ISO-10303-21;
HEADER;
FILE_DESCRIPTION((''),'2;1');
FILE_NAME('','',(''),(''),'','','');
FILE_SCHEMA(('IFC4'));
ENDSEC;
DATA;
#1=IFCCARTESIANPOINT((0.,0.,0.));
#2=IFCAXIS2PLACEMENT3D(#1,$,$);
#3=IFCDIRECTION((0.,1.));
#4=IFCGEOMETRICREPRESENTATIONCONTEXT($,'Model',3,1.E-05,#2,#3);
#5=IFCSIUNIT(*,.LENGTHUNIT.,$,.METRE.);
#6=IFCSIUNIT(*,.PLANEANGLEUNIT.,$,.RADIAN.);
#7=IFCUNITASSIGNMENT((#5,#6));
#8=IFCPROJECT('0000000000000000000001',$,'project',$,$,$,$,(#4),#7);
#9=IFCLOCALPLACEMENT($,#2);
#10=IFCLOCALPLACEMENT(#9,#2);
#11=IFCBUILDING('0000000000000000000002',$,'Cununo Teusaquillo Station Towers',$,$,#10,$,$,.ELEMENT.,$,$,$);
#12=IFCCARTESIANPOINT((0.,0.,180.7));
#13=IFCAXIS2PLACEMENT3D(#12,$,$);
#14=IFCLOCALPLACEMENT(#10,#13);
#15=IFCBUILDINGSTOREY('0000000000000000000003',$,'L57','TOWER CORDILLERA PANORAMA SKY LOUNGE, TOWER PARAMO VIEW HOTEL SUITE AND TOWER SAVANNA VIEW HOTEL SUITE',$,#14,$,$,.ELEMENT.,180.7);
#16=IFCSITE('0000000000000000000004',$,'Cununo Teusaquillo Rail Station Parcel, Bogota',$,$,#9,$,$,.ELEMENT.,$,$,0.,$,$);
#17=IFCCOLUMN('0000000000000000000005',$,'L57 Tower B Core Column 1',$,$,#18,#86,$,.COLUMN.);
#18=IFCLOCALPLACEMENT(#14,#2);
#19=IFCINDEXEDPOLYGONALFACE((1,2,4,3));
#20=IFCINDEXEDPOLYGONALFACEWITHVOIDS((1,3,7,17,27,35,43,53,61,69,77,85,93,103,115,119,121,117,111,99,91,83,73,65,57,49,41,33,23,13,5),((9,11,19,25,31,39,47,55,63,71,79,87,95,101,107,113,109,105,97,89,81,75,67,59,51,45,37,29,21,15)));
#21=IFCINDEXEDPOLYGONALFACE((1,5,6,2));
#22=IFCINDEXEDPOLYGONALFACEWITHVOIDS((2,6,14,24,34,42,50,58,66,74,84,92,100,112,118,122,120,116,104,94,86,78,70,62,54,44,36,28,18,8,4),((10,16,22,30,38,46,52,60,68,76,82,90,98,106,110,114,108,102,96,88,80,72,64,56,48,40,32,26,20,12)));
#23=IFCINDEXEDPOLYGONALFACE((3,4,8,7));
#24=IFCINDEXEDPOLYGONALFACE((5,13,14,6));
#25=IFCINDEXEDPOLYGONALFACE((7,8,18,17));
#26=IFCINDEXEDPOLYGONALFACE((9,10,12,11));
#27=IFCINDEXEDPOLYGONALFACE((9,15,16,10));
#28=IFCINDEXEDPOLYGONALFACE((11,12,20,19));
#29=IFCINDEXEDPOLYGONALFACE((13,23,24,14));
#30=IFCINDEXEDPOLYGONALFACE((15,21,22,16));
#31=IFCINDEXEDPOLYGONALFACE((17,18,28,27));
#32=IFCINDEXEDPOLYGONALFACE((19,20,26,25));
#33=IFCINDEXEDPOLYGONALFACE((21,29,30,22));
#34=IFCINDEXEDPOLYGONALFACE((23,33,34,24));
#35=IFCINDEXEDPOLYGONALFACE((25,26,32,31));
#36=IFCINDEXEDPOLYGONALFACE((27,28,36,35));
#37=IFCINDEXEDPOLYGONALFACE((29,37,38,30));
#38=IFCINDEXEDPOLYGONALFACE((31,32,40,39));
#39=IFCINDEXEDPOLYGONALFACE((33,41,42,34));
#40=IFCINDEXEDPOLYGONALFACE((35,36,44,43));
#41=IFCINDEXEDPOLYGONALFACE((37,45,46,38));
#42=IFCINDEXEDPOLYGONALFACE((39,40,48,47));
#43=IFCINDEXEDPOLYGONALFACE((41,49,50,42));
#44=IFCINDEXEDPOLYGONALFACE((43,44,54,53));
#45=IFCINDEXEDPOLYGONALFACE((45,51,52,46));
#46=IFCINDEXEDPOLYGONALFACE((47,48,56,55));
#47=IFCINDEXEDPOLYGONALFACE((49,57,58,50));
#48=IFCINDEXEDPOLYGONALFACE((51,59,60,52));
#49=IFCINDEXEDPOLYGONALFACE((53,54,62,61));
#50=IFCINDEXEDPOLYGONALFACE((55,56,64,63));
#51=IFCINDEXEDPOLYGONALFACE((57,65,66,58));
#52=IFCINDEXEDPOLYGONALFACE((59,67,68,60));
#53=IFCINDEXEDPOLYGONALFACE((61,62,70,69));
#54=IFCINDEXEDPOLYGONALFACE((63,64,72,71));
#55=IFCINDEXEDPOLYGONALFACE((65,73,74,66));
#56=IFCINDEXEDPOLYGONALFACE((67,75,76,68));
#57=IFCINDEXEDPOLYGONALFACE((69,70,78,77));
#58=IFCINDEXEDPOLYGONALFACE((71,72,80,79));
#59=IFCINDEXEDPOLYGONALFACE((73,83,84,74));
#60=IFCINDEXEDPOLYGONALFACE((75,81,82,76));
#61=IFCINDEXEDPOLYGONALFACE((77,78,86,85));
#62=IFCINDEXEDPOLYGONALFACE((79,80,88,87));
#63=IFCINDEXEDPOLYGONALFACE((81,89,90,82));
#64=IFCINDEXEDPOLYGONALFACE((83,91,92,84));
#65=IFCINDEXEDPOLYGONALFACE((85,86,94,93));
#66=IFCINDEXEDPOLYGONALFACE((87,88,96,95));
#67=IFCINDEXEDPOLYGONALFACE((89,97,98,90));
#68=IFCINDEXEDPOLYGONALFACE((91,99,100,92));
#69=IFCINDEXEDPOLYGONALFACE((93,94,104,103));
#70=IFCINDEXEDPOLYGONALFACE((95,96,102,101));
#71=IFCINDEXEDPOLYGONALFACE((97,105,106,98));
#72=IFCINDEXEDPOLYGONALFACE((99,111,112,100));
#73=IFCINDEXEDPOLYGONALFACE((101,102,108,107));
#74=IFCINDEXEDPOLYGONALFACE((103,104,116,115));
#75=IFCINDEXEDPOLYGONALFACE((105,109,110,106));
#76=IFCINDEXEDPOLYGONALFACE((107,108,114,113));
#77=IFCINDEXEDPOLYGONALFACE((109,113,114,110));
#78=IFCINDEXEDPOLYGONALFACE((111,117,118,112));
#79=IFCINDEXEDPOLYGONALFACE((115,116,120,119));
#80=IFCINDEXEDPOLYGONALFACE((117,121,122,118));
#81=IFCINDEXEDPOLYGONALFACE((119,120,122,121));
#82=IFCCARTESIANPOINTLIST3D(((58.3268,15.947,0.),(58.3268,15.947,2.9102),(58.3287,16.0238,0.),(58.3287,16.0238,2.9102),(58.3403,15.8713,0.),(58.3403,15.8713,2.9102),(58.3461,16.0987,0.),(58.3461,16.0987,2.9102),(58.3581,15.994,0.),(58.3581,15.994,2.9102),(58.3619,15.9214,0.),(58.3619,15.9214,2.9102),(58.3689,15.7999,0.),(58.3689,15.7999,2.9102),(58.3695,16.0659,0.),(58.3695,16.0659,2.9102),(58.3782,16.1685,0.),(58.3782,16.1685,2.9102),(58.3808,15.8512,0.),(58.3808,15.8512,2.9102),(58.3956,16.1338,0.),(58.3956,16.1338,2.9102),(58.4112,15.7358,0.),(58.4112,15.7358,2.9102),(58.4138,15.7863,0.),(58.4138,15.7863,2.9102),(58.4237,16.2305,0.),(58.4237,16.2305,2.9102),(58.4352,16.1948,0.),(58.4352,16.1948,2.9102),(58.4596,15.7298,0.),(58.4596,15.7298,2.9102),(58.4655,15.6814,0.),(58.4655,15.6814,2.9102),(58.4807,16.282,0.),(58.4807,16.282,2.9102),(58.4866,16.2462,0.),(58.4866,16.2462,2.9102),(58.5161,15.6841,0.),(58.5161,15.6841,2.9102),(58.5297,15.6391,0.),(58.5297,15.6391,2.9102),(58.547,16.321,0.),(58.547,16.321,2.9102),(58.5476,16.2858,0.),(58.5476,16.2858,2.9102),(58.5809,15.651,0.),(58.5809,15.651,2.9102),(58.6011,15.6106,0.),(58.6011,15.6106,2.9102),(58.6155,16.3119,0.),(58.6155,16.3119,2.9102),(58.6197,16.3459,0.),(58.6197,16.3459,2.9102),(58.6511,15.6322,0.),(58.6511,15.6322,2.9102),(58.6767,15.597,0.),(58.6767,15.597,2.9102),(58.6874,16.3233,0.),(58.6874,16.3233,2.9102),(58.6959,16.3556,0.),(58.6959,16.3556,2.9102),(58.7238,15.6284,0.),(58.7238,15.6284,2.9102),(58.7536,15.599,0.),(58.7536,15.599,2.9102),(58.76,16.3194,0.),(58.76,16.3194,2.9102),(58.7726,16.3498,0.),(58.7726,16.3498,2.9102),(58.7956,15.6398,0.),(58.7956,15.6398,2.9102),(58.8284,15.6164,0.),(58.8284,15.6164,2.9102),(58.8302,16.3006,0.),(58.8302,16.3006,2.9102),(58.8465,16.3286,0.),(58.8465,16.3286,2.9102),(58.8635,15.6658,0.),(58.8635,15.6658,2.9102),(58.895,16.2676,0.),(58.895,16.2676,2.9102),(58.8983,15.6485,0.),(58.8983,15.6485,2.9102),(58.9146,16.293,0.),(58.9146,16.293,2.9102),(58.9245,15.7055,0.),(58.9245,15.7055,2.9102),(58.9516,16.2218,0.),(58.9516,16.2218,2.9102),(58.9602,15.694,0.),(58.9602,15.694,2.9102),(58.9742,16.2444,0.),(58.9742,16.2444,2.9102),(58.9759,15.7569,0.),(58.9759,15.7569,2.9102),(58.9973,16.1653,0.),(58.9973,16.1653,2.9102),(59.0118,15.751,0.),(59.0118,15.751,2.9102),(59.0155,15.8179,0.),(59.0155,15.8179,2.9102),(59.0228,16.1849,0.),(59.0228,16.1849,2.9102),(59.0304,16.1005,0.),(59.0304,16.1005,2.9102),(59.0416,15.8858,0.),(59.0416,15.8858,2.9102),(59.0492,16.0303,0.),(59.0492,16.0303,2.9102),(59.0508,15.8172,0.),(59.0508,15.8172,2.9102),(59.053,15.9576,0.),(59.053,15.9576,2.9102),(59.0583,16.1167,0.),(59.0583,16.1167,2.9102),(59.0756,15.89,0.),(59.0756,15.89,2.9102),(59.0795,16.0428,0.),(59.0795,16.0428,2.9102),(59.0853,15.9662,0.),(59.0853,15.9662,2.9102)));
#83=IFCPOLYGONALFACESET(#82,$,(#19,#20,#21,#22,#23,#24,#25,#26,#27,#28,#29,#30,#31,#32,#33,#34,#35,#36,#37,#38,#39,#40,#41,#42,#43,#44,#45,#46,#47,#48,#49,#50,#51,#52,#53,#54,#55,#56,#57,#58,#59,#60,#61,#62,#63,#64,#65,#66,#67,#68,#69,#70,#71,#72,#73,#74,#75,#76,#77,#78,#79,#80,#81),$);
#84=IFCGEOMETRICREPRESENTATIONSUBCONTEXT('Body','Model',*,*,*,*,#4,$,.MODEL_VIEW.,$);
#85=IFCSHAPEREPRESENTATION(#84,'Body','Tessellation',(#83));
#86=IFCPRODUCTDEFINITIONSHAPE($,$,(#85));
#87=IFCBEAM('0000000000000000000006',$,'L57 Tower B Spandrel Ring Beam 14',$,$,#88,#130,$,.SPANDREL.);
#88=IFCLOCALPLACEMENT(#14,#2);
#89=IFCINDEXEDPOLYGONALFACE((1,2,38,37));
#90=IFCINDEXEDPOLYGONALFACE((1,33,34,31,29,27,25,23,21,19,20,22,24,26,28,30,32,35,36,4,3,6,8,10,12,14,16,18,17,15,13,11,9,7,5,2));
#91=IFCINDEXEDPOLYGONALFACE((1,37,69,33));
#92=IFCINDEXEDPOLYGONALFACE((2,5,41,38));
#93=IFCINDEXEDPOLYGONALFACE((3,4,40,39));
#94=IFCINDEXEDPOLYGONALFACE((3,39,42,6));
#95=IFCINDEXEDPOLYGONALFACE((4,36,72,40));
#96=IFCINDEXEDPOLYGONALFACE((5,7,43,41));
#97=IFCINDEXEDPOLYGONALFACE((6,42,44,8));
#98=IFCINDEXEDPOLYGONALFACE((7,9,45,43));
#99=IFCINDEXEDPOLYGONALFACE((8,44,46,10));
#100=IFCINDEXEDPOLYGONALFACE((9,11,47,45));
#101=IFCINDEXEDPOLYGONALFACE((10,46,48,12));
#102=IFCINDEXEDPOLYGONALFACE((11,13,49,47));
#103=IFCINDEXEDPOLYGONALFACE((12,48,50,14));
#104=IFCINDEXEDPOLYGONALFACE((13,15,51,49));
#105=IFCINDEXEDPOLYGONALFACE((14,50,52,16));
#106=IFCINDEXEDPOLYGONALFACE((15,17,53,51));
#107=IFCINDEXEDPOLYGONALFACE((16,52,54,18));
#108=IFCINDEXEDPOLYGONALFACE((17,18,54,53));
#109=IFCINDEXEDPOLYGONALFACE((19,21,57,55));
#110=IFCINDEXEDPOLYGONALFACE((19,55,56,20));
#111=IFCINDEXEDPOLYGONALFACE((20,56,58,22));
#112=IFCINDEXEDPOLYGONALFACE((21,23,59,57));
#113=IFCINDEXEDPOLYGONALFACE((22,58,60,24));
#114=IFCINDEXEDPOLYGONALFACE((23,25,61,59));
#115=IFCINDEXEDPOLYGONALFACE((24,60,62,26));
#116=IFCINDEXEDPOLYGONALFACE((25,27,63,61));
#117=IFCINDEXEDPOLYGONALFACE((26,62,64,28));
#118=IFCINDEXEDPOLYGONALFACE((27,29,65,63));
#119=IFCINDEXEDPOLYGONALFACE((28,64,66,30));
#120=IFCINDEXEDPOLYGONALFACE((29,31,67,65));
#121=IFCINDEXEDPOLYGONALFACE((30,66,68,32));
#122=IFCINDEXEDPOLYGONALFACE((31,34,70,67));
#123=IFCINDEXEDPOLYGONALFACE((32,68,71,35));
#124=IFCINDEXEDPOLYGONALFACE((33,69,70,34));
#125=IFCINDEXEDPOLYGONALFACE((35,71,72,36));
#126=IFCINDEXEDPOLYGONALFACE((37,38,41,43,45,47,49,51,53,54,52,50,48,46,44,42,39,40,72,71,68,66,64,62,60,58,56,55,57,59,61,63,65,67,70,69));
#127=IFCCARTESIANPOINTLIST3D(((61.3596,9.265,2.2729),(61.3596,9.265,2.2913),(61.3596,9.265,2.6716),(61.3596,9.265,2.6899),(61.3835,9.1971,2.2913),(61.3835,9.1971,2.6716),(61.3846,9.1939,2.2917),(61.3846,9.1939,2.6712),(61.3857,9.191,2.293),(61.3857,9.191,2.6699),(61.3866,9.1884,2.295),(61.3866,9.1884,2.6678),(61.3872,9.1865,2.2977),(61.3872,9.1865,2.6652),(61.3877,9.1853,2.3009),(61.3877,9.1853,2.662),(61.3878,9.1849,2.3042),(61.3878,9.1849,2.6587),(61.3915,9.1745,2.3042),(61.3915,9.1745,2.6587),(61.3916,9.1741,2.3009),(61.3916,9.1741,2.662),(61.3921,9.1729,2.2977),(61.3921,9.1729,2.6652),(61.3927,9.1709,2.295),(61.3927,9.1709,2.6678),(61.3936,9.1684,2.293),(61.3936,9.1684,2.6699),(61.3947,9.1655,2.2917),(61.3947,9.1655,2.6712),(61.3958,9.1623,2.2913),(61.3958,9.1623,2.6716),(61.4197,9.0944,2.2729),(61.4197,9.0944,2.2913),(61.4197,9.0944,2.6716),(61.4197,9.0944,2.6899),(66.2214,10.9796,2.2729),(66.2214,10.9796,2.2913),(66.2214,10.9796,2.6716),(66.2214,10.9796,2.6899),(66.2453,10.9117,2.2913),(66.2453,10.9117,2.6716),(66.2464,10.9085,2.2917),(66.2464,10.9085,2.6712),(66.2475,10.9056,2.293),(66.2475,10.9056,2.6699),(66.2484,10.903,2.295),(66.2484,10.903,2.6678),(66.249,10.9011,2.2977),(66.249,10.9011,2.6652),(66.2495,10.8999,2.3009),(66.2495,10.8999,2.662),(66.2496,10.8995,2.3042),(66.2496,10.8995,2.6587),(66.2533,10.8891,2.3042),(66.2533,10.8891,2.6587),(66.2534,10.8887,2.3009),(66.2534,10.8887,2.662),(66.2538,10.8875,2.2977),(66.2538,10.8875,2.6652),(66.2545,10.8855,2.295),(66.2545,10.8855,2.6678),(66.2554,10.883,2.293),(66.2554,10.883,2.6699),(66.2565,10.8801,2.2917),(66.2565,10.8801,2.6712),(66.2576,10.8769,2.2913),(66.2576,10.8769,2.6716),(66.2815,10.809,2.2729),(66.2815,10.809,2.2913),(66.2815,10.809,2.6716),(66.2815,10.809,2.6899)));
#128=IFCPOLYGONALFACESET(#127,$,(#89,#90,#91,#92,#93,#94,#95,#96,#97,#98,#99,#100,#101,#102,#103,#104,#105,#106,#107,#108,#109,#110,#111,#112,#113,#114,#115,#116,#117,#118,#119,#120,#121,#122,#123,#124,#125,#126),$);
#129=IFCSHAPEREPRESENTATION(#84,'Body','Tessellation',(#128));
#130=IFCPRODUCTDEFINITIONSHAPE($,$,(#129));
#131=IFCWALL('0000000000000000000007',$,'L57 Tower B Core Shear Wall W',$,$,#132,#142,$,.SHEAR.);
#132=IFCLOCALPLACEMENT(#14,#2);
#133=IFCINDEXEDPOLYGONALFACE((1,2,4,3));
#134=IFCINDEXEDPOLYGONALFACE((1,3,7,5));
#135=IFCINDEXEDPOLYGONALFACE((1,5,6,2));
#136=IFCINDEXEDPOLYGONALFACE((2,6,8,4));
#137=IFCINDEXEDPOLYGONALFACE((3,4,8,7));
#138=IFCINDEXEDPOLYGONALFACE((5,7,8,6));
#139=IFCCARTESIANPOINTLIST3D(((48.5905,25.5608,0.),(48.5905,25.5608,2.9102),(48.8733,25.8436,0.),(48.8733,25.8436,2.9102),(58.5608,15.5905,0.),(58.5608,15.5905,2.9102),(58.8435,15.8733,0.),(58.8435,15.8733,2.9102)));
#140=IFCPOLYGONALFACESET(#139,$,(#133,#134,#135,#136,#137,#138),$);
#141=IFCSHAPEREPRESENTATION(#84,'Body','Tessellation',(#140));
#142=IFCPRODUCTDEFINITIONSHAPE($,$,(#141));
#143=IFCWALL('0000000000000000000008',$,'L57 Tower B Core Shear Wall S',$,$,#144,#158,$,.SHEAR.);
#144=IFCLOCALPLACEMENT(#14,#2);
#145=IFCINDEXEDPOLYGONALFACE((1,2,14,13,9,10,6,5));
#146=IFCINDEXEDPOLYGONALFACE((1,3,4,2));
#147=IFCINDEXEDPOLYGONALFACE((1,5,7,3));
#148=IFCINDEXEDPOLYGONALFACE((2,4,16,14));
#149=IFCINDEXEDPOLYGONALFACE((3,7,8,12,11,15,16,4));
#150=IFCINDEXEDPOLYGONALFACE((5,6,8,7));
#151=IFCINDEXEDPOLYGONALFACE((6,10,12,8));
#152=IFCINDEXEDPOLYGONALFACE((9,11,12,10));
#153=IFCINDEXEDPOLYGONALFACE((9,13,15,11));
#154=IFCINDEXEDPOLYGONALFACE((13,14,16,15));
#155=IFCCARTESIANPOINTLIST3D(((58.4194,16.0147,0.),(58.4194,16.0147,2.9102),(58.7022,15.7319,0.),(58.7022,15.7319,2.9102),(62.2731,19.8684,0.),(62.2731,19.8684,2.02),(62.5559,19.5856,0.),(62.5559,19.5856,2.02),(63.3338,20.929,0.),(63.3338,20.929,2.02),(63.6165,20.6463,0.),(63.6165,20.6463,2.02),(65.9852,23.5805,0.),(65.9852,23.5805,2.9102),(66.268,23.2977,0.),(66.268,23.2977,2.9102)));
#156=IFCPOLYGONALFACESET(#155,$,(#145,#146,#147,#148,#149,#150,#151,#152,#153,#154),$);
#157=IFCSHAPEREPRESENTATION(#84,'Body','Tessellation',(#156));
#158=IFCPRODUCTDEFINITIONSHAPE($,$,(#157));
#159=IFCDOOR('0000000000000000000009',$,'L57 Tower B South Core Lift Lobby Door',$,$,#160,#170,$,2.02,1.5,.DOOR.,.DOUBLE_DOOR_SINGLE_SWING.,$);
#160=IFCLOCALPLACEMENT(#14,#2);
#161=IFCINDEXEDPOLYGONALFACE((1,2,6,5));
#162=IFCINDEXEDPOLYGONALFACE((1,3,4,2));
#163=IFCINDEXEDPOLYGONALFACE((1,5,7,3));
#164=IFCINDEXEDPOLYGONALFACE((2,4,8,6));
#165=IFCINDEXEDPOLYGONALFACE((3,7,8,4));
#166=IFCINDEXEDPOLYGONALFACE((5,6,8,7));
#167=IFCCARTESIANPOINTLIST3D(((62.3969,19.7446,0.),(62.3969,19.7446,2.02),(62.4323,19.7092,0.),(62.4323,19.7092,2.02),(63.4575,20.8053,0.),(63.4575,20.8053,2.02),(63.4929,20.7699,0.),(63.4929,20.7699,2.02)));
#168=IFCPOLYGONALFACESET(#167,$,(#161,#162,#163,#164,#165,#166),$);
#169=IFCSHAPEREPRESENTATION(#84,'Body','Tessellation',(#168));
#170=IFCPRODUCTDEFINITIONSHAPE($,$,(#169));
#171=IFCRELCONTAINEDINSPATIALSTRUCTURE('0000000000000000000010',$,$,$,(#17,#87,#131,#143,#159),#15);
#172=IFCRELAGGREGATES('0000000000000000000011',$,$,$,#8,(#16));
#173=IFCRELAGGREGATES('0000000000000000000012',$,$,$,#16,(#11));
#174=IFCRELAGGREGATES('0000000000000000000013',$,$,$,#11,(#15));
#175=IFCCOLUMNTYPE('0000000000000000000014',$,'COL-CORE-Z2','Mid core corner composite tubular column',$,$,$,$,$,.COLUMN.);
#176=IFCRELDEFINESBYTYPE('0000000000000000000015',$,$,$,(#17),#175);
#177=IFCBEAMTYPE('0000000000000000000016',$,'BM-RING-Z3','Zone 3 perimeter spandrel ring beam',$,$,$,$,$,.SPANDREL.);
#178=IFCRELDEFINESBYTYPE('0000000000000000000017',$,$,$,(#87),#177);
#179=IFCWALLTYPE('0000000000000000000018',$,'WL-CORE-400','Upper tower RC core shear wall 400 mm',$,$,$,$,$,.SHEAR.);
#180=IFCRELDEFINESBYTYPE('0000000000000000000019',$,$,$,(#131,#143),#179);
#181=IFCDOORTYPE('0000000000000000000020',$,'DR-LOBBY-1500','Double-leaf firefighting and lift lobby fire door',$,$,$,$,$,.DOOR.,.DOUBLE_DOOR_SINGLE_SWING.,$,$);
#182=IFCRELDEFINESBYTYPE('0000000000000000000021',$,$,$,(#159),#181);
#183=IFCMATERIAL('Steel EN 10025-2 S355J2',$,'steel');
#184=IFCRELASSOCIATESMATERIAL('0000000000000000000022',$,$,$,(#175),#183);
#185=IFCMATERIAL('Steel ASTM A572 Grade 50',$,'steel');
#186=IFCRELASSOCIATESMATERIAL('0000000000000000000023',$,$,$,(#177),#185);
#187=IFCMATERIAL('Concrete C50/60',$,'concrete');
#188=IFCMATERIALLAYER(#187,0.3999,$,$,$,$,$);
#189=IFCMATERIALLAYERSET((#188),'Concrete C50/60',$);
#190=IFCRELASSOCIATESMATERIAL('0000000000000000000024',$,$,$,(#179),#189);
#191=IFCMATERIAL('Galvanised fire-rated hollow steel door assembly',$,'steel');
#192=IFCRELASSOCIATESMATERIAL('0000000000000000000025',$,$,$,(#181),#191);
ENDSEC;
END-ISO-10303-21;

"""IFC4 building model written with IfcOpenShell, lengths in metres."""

from ifc_helpers import new_model, si_unit, direction, frame, frame_2d, origin, origin_2d, place, context, subcontext, project, spatial, rectangle, hollow_circle, i_section, extrude, source, transform, mapped, material, layer, layer_set, material_profile, profile_set, type_object, element, fill, save


model = new_model("IFC4")

# Units and contexts
model_context = context("Model", 3, precision=1e-05, world=origin(), true_north=direction((0.0, 1.0)))
body_context = subcontext(model_context, "Body", "Model", "MODEL_VIEW")
ifc_project = project(units=[si_unit("LENGTHUNIT", "METRE"), si_unit("PLANEANGLEUNIT", "RADIAN")], contexts=[model_context])

# Site, building, storey
site_placement = place(None, origin())
site = spatial("IfcSite", under=ifc_project, at=site_placement, Name="Cununo Teusaquillo Rail Station Parcel, Bogota", CompositionType="ELEMENT", RefElevation=0.0)
building_placement = place(site_placement, origin())
building = spatial("IfcBuilding", under=site, at=building_placement, Name="Cununo Teusaquillo Station Towers", CompositionType="ELEMENT")
storey_placement = place(building_placement, frame((0.0, 0.0, 180.7)))
storey = spatial("IfcBuildingStorey", under=building, at=storey_placement, Name="L57", Description="TOWER CORDILLERA PANORAMA SKY LOUNGE, TOWER PARAMO VIEW HOTEL SUITE AND TOWER SAVANNA VIEW HOTEL SUITE", CompositionType="ELEMENT", Elevation=180.7)

# Column
ifc_material_1 = material(Name="Steel EN 10025-2 S355J2", Category="steel")
ifc_material_profile_1 = material_profile(ifc_material_1, hollow_circle(Radius=0.3799, WallThickness=0.032, at=origin_2d()), Name="CHS 760x32")
ifc_profile_set_1 = profile_set([ifc_material_profile_1], Name="Steel EN 10025-2 S355J2")
column_type = type_object("IfcColumnType", Name="COL-CORE-Z2", Description="Mid core corner composite tubular column", PredefinedType="COLUMN", material=ifc_profile_set_1)
column_placement = place(storey_placement, frame((58.7056, 15.9758, 0.0), z_axis=(0.0, 0.0, 1.0), x_axis=(0.707107, 0.707107, 0.0)))
element("IfcColumn", 1, at=column_placement, inside=storey, type_object=column_type, Name="L57 Tower B Core Column 1", PredefinedType="COLUMN", context=body_context, shape_type="SweptSolid", body=[
    extrude(hollow_circle(Radius=0.3799, WallThickness=0.032, at=origin_2d()), origin(), (0.0, 0.0, 1.0), 2.9102),
])

# Beam
ifc_material_2 = material(Name="Steel ASTM A572 Grade 50", Category="steel")
ifc_material_profile_2 = material_profile(ifc_material_2, i_section(OverallWidth=0.1809, OverallDepth=0.417, WebThickness=0.011, FlangeThickness=0.0183, FilletRadius=0.0129, at=origin_2d()), Name="W16X57")
ifc_profile_set_2 = profile_set([ifc_material_profile_2], Name="Steel ASTM A572 Grade 50")
beam_type = type_object("IfcBeamType", Name="BM-RING-Z3", Description="Zone 3 perimeter spandrel ring beam", PredefinedType="SPANDREL", material=ifc_profile_set_2)
beam_placement = place(storey_placement, frame((61.3896, 9.1797, 2.4814), z_axis=(0.943072, 0.33259, 0.0), x_axis=(-0.33259, 0.943072, 0.0)))
element("IfcBeam", 2, at=beam_placement, inside=storey, type_object=beam_type, Name="L57 Tower B Spandrel Ring Beam 14", PredefinedType="SPANDREL", context=body_context, shape_type="SweptSolid", body=[
    extrude(i_section(OverallWidth=0.1809, OverallDepth=0.417, WebThickness=0.011, FlangeThickness=0.0183, FilletRadius=0.0129, at=origin_2d()), origin(), (0.0, 0.0, 1.0), 5.1553),
])

# Wall
ifc_material_3 = material(Name="Concrete C50/60", Category="concrete")
ifc_layer_1 = layer(ifc_material_3, 0.3999)
ifc_layer_set_1 = layer_set([ifc_layer_1], Name="Concrete C50/60")
wall_type_1 = type_object("IfcWallType", Name="WL-CORE-400", Description="Upper tower RC core shear wall 400 mm", PredefinedType="SHEAR", material=ifc_layer_set_1)
wall_1_placement = place(storey_placement, frame((58.7021, 15.7319, 0.0), z_axis=(0.0, 0.0, 1.0), x_axis=(-0.707107, 0.707107, 0.0)))
element("IfcWall", 3, at=wall_1_placement, inside=storey, type_object=wall_type_1, Name="L57 Tower B Core Shear Wall W", PredefinedType="SHEAR", context=body_context, shape_type="SweptSolid", body=[
    extrude(rectangle(XDim=14.1001, YDim=0.3999, at=frame_2d((7.05, 0.0))), origin(), (0.0, 0.0, 1.0), 2.9102),
])

# Wall, opening, door
wall_2_placement = place(storey_placement, frame((58.5608, 15.8733, 0.0), z_axis=(0.0, 0.0, 1.0), x_axis=(0.707107, 0.707107, 0.0)))
wall_2 = element("IfcWall", 4, at=wall_2_placement, inside=storey, type_object=wall_type_1, Name="L57 Tower B Core Shear Wall S", PredefinedType="SHEAR", context=body_context, shape_type="SweptSolid", body=[
    extrude(rectangle(XDim=10.6997, YDim=0.3999, at=frame_2d((5.3499, 0.0))), origin(), (0.0, 0.0, 1.0), 2.9102),
])
shared_shape_1 = source(origin(), body_context, "Body", "SweptSolid", [
    extrude(rectangle(XDim=1.5, YDim=2.02, at=frame_2d((0.75, 1.01))), frame((0.0, 0.21, 0.0), z_axis=(0.0, -1.0, 0.0), x_axis=(1.0, 0.0, 0.0)), (0.0, 0.0, 1.0), 0.4199),
])
opening_1_placement = place(wall_2_placement, frame((5.45, 0.0, 0.0)))
opening_1 = element("IfcOpeningElement", 5, at=opening_1_placement, cuts=wall_2, PredefinedType="OPENING", context=body_context, shape_type="MappedRepresentation", body=[
    mapped(shared_shape_1, transform((0.0, 0.0, 0.0), x_axis=(1.0, 0.0, 0.0), y_axis=(0.0, 1.0, 0.0), z_axis=(0.0, 0.0, 1.0), scale=1.0)),
])
ifc_material_4 = material(Name="Galvanised fire-rated hollow steel door assembly", Category="steel")
door_type_1 = type_object("IfcDoorType", Name="DR-LOBBY-1500", Description="Double-leaf firefighting and lift lobby fire door", OperationType="DOUBLE_DOOR_SINGLE_SWING", PredefinedType="DOOR", material=ifc_material_4)
shared_shape_2 = source(origin(), body_context, "Body", "SweptSolid", [
    extrude(rectangle(XDim=1.5, YDim=2.02, at=frame_2d((0.75, 1.01))), frame((0.0, 0.0249, 0.0), z_axis=(0.0, -1.0, 0.0), x_axis=(1.0, 0.0, 0.0)), (0.0, 0.0, 1.0), 0.05),
])
door_1_placement = place(opening_1_placement, origin())
door_1 = element("IfcDoor", 6, at=door_1_placement, inside=storey, type_object=door_type_1, Name="L57 Tower B South Core Lift Lobby Door", OperationType="DOUBLE_DOOR_SINGLE_SWING", OverallHeight=2.02, OverallWidth=1.5, PredefinedType="DOOR", context=body_context, shape_type="MappedRepresentation", body=[
    mapped(shared_shape_2, transform((0.0, 0.0, 0.0), x_axis=(1.0, 0.0, 0.0), y_axis=(0.0, 1.0, 0.0), z_axis=(0.0, 0.0, 1.0), scale=1.0)),
])
fill(opening_1, door_1)

save(model, "model.ifc")
